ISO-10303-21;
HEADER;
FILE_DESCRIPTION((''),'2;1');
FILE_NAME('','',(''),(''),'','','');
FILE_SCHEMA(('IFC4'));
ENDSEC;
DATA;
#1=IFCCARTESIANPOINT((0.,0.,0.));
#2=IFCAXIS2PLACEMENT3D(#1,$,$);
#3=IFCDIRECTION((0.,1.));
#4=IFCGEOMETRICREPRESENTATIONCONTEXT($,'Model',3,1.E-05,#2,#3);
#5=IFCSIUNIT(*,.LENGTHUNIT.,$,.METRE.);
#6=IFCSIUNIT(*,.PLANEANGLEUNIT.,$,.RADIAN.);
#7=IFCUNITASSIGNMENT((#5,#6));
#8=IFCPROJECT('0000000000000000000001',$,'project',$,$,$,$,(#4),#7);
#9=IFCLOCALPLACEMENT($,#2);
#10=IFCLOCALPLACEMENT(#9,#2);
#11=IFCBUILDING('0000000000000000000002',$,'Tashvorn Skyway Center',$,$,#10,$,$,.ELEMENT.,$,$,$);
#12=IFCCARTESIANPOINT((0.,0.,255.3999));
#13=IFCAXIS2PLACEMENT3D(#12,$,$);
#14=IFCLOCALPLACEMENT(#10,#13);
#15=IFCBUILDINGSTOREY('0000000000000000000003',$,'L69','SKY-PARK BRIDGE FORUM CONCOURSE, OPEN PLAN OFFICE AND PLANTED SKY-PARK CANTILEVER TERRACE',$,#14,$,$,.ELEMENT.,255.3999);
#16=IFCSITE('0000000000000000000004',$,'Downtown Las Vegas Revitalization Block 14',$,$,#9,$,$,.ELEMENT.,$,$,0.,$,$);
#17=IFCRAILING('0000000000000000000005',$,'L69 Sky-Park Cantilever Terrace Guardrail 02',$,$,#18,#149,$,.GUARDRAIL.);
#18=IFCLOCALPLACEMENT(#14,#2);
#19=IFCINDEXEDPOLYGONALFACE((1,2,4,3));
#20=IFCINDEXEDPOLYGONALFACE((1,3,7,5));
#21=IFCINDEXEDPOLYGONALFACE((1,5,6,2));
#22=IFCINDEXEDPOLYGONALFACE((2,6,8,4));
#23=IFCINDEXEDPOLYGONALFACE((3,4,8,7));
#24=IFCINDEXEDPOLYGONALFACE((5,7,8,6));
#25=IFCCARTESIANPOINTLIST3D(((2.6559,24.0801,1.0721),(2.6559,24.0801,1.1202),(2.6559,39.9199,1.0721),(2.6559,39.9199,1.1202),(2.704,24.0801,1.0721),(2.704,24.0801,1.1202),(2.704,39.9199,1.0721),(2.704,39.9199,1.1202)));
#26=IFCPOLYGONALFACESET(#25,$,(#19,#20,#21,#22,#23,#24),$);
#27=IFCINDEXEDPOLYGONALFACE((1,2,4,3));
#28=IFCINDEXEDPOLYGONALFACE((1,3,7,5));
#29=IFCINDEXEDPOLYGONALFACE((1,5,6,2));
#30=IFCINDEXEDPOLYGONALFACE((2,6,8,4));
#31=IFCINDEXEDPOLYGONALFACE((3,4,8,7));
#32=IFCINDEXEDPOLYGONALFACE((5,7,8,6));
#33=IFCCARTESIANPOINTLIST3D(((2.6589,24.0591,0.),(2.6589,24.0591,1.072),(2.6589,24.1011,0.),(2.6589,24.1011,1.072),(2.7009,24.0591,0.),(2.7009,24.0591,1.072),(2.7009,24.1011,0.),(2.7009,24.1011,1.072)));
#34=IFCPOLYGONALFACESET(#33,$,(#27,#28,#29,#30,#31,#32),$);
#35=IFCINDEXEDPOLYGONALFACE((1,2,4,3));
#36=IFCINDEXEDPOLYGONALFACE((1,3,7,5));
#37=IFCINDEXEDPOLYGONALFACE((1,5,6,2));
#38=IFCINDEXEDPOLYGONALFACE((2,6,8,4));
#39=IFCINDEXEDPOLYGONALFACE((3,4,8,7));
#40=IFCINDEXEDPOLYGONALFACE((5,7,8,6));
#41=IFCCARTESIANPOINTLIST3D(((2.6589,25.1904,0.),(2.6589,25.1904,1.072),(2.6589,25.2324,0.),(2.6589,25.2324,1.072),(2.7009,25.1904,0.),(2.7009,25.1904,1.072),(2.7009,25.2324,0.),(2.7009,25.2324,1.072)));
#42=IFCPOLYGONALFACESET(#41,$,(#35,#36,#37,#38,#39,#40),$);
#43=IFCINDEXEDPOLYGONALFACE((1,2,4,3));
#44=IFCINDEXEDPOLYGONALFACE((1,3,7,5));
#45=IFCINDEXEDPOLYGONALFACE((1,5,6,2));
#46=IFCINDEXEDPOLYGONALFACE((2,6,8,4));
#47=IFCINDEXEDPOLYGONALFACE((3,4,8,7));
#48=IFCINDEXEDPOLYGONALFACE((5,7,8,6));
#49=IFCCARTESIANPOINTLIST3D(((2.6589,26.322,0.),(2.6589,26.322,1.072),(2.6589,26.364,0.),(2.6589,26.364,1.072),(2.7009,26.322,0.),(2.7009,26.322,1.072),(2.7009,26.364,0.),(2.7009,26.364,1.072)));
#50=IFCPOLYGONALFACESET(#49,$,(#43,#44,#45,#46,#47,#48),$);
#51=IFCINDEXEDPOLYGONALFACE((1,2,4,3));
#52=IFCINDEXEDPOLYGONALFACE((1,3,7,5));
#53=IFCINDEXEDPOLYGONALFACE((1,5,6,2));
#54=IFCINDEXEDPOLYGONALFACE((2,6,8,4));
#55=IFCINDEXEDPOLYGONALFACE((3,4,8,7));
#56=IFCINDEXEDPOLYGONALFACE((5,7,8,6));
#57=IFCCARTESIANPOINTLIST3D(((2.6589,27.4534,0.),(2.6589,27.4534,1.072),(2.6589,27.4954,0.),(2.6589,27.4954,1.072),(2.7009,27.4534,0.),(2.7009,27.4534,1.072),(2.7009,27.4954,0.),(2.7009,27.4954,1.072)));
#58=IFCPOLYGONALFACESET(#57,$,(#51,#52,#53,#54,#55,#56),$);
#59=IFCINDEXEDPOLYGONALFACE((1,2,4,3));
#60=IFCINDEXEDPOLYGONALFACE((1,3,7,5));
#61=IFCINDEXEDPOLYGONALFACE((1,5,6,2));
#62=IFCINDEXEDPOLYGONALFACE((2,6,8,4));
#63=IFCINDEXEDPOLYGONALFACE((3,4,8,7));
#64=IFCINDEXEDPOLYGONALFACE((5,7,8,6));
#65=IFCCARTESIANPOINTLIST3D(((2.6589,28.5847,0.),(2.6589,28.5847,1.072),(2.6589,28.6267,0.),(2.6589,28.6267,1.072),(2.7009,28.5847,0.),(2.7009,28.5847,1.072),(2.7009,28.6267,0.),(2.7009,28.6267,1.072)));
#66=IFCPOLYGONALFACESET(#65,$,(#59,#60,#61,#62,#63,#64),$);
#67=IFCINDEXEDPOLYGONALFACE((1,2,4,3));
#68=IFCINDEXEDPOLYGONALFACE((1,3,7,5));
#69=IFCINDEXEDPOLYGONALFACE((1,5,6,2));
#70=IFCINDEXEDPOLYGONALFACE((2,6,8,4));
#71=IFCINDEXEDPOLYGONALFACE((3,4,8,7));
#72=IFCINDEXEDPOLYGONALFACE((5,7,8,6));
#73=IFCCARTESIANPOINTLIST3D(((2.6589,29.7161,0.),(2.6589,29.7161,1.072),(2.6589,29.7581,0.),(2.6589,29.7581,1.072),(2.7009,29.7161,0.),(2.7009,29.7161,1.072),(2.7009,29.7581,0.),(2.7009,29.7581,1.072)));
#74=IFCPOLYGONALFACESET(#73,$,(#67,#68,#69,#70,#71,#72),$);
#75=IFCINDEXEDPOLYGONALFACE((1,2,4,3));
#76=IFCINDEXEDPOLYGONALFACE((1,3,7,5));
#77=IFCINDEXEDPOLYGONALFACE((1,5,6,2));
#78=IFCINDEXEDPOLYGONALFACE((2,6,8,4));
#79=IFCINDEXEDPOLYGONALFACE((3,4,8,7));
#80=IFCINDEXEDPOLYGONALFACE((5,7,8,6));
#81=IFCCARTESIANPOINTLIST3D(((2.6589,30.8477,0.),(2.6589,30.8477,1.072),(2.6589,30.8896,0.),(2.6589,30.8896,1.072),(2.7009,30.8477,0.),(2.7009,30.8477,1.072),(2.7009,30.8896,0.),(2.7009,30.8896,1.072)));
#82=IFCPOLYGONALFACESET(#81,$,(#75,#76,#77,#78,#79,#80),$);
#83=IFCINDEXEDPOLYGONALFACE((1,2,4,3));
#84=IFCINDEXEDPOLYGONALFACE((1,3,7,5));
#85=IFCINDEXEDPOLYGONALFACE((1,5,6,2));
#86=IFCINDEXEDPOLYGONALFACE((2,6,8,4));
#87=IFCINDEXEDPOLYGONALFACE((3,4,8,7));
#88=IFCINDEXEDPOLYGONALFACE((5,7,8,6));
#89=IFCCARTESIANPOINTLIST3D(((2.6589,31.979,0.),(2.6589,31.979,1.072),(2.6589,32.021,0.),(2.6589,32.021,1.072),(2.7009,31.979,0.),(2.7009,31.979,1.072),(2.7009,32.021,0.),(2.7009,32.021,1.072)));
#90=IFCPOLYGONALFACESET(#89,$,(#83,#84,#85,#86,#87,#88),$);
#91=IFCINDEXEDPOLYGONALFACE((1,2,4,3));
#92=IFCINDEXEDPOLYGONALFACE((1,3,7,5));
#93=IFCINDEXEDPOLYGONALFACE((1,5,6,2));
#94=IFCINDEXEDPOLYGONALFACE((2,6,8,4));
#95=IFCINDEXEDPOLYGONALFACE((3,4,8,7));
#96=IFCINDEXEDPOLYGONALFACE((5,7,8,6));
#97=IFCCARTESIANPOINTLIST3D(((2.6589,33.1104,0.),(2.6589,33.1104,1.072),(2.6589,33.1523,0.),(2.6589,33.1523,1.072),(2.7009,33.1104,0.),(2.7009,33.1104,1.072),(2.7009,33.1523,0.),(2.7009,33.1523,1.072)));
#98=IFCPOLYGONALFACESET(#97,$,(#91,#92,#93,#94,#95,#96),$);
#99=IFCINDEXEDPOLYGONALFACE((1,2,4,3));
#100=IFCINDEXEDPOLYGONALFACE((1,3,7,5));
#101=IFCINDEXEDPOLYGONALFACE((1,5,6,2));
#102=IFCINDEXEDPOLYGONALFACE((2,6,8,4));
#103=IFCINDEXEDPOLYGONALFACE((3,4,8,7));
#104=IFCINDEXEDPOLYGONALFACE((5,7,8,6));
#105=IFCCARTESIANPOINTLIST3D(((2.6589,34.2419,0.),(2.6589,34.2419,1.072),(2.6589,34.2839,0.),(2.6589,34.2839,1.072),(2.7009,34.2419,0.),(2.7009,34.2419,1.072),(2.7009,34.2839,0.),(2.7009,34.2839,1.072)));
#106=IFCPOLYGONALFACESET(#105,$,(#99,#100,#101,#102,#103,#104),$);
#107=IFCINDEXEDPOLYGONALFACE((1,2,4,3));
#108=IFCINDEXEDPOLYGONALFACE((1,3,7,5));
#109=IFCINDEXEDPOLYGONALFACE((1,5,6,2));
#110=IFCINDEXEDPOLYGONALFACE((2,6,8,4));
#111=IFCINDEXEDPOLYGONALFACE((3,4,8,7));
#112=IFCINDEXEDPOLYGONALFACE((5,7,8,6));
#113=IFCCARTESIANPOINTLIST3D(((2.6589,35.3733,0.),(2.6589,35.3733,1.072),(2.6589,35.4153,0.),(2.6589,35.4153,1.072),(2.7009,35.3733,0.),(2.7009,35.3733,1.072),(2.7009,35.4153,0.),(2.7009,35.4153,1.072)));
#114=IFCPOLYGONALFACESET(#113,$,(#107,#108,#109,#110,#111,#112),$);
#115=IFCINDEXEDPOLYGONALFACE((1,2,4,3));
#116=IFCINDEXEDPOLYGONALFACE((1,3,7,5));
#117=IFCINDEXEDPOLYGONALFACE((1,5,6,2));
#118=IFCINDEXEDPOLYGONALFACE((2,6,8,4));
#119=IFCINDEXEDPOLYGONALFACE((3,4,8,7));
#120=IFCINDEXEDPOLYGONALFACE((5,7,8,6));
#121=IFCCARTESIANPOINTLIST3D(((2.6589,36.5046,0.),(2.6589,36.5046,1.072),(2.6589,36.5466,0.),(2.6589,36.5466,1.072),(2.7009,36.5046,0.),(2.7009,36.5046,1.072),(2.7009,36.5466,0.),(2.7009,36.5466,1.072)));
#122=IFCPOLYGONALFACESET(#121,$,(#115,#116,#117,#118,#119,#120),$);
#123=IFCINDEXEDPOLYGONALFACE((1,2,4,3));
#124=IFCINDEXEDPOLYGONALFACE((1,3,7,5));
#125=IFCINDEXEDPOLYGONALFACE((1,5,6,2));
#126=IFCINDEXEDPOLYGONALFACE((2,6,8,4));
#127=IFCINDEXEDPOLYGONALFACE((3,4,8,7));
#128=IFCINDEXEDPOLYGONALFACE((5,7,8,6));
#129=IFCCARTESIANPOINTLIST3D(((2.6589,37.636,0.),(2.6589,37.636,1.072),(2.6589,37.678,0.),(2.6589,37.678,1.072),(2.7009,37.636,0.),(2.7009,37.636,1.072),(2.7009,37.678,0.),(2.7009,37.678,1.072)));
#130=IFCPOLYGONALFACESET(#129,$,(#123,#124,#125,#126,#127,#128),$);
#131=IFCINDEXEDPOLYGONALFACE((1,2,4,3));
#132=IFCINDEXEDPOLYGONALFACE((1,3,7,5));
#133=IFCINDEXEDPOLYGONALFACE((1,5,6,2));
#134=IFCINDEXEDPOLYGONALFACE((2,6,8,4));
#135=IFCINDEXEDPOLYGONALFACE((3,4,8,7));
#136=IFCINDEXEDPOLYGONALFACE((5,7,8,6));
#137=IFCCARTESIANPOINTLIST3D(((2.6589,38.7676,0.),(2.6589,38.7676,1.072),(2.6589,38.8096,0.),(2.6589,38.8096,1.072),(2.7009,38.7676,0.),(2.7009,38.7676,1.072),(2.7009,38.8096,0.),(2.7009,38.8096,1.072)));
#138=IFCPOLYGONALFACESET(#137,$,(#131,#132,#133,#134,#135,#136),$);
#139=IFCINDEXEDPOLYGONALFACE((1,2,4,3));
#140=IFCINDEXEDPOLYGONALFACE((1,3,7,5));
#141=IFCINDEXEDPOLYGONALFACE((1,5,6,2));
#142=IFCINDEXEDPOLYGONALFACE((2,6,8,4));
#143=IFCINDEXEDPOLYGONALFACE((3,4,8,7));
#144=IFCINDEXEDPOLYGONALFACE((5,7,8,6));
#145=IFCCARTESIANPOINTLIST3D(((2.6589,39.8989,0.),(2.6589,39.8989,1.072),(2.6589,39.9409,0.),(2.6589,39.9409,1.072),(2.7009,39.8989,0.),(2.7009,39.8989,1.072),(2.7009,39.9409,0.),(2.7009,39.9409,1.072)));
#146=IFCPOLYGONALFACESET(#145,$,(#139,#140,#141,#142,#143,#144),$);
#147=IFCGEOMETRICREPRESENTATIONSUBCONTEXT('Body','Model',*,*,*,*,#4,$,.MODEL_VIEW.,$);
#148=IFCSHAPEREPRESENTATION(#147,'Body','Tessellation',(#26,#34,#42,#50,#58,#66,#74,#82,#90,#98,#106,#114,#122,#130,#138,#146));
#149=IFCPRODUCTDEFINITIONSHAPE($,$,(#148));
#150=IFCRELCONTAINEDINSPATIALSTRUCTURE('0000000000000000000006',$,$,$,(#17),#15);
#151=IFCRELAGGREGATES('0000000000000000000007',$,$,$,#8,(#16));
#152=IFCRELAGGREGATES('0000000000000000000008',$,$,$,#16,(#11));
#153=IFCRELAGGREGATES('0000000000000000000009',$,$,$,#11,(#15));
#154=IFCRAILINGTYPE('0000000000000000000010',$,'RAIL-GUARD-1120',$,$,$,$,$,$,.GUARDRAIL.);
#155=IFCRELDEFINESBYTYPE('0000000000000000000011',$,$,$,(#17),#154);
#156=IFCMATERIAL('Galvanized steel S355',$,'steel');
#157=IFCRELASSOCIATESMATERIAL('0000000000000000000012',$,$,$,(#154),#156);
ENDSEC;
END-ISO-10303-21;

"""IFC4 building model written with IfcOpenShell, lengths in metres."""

from ifc_helpers import new_model, si_unit, direction, frame, origin, origin_2d, place, context, subcontext, project, spatial, rectangle, extrude, material, type_object, element, save


model = new_model("IFC4")

# Units and contexts
model_context = context("Model", 3, precision=1e-05, world=origin(), true_north=direction((0.0, 1.0)))
body_context = subcontext(model_context, "Body", "Model", "MODEL_VIEW")
ifc_project = project(units=[si_unit("LENGTHUNIT", "METRE"), si_unit("PLANEANGLEUNIT", "RADIAN")], contexts=[model_context])

# Site, building, storey
site_placement = place(None, origin())
site = spatial("IfcSite", under=ifc_project, at=site_placement, Name="Downtown Las Vegas Revitalization Block 14", CompositionType="ELEMENT", RefElevation=0.0)
building_placement = place(site_placement, origin())
building = spatial("IfcBuilding", under=site, at=building_placement, Name="Tashvorn Skyway Center", CompositionType="ELEMENT")
storey_placement = place(building_placement, frame((0.0, 0.0, 255.3999)))
storey = spatial("IfcBuildingStorey", under=building, at=storey_placement, Name="L69", Description="SKY-PARK BRIDGE FORUM CONCOURSE, OPEN PLAN OFFICE AND PLANTED SKY-PARK CANTILEVER TERRACE", CompositionType="ELEMENT", Elevation=255.3999)

# Railing
ifc_material_1 = material(Name="Galvanized steel S355", Category="steel")
railing_type = type_object("IfcRailingType", Name="RAIL-GUARD-1120", PredefinedType="GUARDRAIL", material=ifc_material_1)
railing_placement = place(storey_placement, frame((2.6799, 24.0801, 0.0)))
element("IfcRailing", 1, at=railing_placement, inside=storey, type_object=railing_type, Name="L69 Sky-Park Cantilever Terrace Guardrail 02", PredefinedType="GUARDRAIL", context=body_context, shape_type="SweptSolid", body=[
    extrude(rectangle(XDim=0.0481, YDim=0.0481, at=origin_2d()), frame((0.0, 0.0, 1.0962), z_axis=(0.0, 1.0, 0.0), x_axis=(-1.0, 0.0, 0.0)), (0.0, 0.0, 1.0), 15.8398),
    extrude(rectangle(XDim=0.042, YDim=0.042, at=origin_2d()), origin(), (0.0, 0.0, 1.0), 1.072),
    extrude(rectangle(XDim=0.042, YDim=0.042, at=origin_2d()), frame((0.0, 1.1313, 0.0)), (0.0, 0.0, 1.0), 1.072),
    extrude(rectangle(XDim=0.042, YDim=0.042, at=origin_2d()), frame((0.0, 2.2629, 0.0)), (0.0, 0.0, 1.0), 1.072),
    extrude(rectangle(XDim=0.042, YDim=0.042, at=origin_2d()), frame((0.0, 3.3943, 0.0)), (0.0, 0.0, 1.0), 1.072),
    extrude(rectangle(XDim=0.042, YDim=0.042, at=origin_2d()), frame((0.0, 4.5256, 0.0)), (0.0, 0.0, 1.0), 1.072),
    extrude(rectangle(XDim=0.042, YDim=0.042, at=origin_2d()), frame((0.0, 5.657, 0.0)), (0.0, 0.0, 1.0), 1.072),
    extrude(rectangle(XDim=0.042, YDim=0.042, at=origin_2d()), frame((0.0, 6.7886, 0.0)), (0.0, 0.0, 1.0), 1.072),
    extrude(rectangle(XDim=0.042, YDim=0.042, at=origin_2d()), frame((0.0, 7.9199, 0.0)), (0.0, 0.0, 1.0), 1.072),
    extrude(rectangle(XDim=0.042, YDim=0.042, at=origin_2d()), frame((0.0, 9.0513, 0.0)), (0.0, 0.0, 1.0), 1.072),
    extrude(rectangle(XDim=0.042, YDim=0.042, at=origin_2d()), frame((0.0, 10.1829, 0.0)), (0.0, 0.0, 1.0), 1.072),
    extrude(rectangle(XDim=0.042, YDim=0.042, at=origin_2d()), frame((0.0, 11.3142, 0.0)), (0.0, 0.0, 1.0), 1.072),
    extrude(rectangle(XDim=0.042, YDim=0.042, at=origin_2d()), frame((0.0, 12.4456, 0.0)), (0.0, 0.0, 1.0), 1.072),
    extrude(rectangle(XDim=0.042, YDim=0.042, at=origin_2d()), frame((0.0, 13.5769, 0.0)), (0.0, 0.0, 1.0), 1.072),
    extrude(rectangle(XDim=0.042, YDim=0.042, at=origin_2d()), frame((0.0, 14.7085, 0.0)), (0.0, 0.0, 1.0), 1.072),
    extrude(rectangle(XDim=0.042, YDim=0.042, at=origin_2d()), frame((0.0, 15.8398, 0.0)), (0.0, 0.0, 1.0), 1.072),
])

save(model, "model.ifc")
